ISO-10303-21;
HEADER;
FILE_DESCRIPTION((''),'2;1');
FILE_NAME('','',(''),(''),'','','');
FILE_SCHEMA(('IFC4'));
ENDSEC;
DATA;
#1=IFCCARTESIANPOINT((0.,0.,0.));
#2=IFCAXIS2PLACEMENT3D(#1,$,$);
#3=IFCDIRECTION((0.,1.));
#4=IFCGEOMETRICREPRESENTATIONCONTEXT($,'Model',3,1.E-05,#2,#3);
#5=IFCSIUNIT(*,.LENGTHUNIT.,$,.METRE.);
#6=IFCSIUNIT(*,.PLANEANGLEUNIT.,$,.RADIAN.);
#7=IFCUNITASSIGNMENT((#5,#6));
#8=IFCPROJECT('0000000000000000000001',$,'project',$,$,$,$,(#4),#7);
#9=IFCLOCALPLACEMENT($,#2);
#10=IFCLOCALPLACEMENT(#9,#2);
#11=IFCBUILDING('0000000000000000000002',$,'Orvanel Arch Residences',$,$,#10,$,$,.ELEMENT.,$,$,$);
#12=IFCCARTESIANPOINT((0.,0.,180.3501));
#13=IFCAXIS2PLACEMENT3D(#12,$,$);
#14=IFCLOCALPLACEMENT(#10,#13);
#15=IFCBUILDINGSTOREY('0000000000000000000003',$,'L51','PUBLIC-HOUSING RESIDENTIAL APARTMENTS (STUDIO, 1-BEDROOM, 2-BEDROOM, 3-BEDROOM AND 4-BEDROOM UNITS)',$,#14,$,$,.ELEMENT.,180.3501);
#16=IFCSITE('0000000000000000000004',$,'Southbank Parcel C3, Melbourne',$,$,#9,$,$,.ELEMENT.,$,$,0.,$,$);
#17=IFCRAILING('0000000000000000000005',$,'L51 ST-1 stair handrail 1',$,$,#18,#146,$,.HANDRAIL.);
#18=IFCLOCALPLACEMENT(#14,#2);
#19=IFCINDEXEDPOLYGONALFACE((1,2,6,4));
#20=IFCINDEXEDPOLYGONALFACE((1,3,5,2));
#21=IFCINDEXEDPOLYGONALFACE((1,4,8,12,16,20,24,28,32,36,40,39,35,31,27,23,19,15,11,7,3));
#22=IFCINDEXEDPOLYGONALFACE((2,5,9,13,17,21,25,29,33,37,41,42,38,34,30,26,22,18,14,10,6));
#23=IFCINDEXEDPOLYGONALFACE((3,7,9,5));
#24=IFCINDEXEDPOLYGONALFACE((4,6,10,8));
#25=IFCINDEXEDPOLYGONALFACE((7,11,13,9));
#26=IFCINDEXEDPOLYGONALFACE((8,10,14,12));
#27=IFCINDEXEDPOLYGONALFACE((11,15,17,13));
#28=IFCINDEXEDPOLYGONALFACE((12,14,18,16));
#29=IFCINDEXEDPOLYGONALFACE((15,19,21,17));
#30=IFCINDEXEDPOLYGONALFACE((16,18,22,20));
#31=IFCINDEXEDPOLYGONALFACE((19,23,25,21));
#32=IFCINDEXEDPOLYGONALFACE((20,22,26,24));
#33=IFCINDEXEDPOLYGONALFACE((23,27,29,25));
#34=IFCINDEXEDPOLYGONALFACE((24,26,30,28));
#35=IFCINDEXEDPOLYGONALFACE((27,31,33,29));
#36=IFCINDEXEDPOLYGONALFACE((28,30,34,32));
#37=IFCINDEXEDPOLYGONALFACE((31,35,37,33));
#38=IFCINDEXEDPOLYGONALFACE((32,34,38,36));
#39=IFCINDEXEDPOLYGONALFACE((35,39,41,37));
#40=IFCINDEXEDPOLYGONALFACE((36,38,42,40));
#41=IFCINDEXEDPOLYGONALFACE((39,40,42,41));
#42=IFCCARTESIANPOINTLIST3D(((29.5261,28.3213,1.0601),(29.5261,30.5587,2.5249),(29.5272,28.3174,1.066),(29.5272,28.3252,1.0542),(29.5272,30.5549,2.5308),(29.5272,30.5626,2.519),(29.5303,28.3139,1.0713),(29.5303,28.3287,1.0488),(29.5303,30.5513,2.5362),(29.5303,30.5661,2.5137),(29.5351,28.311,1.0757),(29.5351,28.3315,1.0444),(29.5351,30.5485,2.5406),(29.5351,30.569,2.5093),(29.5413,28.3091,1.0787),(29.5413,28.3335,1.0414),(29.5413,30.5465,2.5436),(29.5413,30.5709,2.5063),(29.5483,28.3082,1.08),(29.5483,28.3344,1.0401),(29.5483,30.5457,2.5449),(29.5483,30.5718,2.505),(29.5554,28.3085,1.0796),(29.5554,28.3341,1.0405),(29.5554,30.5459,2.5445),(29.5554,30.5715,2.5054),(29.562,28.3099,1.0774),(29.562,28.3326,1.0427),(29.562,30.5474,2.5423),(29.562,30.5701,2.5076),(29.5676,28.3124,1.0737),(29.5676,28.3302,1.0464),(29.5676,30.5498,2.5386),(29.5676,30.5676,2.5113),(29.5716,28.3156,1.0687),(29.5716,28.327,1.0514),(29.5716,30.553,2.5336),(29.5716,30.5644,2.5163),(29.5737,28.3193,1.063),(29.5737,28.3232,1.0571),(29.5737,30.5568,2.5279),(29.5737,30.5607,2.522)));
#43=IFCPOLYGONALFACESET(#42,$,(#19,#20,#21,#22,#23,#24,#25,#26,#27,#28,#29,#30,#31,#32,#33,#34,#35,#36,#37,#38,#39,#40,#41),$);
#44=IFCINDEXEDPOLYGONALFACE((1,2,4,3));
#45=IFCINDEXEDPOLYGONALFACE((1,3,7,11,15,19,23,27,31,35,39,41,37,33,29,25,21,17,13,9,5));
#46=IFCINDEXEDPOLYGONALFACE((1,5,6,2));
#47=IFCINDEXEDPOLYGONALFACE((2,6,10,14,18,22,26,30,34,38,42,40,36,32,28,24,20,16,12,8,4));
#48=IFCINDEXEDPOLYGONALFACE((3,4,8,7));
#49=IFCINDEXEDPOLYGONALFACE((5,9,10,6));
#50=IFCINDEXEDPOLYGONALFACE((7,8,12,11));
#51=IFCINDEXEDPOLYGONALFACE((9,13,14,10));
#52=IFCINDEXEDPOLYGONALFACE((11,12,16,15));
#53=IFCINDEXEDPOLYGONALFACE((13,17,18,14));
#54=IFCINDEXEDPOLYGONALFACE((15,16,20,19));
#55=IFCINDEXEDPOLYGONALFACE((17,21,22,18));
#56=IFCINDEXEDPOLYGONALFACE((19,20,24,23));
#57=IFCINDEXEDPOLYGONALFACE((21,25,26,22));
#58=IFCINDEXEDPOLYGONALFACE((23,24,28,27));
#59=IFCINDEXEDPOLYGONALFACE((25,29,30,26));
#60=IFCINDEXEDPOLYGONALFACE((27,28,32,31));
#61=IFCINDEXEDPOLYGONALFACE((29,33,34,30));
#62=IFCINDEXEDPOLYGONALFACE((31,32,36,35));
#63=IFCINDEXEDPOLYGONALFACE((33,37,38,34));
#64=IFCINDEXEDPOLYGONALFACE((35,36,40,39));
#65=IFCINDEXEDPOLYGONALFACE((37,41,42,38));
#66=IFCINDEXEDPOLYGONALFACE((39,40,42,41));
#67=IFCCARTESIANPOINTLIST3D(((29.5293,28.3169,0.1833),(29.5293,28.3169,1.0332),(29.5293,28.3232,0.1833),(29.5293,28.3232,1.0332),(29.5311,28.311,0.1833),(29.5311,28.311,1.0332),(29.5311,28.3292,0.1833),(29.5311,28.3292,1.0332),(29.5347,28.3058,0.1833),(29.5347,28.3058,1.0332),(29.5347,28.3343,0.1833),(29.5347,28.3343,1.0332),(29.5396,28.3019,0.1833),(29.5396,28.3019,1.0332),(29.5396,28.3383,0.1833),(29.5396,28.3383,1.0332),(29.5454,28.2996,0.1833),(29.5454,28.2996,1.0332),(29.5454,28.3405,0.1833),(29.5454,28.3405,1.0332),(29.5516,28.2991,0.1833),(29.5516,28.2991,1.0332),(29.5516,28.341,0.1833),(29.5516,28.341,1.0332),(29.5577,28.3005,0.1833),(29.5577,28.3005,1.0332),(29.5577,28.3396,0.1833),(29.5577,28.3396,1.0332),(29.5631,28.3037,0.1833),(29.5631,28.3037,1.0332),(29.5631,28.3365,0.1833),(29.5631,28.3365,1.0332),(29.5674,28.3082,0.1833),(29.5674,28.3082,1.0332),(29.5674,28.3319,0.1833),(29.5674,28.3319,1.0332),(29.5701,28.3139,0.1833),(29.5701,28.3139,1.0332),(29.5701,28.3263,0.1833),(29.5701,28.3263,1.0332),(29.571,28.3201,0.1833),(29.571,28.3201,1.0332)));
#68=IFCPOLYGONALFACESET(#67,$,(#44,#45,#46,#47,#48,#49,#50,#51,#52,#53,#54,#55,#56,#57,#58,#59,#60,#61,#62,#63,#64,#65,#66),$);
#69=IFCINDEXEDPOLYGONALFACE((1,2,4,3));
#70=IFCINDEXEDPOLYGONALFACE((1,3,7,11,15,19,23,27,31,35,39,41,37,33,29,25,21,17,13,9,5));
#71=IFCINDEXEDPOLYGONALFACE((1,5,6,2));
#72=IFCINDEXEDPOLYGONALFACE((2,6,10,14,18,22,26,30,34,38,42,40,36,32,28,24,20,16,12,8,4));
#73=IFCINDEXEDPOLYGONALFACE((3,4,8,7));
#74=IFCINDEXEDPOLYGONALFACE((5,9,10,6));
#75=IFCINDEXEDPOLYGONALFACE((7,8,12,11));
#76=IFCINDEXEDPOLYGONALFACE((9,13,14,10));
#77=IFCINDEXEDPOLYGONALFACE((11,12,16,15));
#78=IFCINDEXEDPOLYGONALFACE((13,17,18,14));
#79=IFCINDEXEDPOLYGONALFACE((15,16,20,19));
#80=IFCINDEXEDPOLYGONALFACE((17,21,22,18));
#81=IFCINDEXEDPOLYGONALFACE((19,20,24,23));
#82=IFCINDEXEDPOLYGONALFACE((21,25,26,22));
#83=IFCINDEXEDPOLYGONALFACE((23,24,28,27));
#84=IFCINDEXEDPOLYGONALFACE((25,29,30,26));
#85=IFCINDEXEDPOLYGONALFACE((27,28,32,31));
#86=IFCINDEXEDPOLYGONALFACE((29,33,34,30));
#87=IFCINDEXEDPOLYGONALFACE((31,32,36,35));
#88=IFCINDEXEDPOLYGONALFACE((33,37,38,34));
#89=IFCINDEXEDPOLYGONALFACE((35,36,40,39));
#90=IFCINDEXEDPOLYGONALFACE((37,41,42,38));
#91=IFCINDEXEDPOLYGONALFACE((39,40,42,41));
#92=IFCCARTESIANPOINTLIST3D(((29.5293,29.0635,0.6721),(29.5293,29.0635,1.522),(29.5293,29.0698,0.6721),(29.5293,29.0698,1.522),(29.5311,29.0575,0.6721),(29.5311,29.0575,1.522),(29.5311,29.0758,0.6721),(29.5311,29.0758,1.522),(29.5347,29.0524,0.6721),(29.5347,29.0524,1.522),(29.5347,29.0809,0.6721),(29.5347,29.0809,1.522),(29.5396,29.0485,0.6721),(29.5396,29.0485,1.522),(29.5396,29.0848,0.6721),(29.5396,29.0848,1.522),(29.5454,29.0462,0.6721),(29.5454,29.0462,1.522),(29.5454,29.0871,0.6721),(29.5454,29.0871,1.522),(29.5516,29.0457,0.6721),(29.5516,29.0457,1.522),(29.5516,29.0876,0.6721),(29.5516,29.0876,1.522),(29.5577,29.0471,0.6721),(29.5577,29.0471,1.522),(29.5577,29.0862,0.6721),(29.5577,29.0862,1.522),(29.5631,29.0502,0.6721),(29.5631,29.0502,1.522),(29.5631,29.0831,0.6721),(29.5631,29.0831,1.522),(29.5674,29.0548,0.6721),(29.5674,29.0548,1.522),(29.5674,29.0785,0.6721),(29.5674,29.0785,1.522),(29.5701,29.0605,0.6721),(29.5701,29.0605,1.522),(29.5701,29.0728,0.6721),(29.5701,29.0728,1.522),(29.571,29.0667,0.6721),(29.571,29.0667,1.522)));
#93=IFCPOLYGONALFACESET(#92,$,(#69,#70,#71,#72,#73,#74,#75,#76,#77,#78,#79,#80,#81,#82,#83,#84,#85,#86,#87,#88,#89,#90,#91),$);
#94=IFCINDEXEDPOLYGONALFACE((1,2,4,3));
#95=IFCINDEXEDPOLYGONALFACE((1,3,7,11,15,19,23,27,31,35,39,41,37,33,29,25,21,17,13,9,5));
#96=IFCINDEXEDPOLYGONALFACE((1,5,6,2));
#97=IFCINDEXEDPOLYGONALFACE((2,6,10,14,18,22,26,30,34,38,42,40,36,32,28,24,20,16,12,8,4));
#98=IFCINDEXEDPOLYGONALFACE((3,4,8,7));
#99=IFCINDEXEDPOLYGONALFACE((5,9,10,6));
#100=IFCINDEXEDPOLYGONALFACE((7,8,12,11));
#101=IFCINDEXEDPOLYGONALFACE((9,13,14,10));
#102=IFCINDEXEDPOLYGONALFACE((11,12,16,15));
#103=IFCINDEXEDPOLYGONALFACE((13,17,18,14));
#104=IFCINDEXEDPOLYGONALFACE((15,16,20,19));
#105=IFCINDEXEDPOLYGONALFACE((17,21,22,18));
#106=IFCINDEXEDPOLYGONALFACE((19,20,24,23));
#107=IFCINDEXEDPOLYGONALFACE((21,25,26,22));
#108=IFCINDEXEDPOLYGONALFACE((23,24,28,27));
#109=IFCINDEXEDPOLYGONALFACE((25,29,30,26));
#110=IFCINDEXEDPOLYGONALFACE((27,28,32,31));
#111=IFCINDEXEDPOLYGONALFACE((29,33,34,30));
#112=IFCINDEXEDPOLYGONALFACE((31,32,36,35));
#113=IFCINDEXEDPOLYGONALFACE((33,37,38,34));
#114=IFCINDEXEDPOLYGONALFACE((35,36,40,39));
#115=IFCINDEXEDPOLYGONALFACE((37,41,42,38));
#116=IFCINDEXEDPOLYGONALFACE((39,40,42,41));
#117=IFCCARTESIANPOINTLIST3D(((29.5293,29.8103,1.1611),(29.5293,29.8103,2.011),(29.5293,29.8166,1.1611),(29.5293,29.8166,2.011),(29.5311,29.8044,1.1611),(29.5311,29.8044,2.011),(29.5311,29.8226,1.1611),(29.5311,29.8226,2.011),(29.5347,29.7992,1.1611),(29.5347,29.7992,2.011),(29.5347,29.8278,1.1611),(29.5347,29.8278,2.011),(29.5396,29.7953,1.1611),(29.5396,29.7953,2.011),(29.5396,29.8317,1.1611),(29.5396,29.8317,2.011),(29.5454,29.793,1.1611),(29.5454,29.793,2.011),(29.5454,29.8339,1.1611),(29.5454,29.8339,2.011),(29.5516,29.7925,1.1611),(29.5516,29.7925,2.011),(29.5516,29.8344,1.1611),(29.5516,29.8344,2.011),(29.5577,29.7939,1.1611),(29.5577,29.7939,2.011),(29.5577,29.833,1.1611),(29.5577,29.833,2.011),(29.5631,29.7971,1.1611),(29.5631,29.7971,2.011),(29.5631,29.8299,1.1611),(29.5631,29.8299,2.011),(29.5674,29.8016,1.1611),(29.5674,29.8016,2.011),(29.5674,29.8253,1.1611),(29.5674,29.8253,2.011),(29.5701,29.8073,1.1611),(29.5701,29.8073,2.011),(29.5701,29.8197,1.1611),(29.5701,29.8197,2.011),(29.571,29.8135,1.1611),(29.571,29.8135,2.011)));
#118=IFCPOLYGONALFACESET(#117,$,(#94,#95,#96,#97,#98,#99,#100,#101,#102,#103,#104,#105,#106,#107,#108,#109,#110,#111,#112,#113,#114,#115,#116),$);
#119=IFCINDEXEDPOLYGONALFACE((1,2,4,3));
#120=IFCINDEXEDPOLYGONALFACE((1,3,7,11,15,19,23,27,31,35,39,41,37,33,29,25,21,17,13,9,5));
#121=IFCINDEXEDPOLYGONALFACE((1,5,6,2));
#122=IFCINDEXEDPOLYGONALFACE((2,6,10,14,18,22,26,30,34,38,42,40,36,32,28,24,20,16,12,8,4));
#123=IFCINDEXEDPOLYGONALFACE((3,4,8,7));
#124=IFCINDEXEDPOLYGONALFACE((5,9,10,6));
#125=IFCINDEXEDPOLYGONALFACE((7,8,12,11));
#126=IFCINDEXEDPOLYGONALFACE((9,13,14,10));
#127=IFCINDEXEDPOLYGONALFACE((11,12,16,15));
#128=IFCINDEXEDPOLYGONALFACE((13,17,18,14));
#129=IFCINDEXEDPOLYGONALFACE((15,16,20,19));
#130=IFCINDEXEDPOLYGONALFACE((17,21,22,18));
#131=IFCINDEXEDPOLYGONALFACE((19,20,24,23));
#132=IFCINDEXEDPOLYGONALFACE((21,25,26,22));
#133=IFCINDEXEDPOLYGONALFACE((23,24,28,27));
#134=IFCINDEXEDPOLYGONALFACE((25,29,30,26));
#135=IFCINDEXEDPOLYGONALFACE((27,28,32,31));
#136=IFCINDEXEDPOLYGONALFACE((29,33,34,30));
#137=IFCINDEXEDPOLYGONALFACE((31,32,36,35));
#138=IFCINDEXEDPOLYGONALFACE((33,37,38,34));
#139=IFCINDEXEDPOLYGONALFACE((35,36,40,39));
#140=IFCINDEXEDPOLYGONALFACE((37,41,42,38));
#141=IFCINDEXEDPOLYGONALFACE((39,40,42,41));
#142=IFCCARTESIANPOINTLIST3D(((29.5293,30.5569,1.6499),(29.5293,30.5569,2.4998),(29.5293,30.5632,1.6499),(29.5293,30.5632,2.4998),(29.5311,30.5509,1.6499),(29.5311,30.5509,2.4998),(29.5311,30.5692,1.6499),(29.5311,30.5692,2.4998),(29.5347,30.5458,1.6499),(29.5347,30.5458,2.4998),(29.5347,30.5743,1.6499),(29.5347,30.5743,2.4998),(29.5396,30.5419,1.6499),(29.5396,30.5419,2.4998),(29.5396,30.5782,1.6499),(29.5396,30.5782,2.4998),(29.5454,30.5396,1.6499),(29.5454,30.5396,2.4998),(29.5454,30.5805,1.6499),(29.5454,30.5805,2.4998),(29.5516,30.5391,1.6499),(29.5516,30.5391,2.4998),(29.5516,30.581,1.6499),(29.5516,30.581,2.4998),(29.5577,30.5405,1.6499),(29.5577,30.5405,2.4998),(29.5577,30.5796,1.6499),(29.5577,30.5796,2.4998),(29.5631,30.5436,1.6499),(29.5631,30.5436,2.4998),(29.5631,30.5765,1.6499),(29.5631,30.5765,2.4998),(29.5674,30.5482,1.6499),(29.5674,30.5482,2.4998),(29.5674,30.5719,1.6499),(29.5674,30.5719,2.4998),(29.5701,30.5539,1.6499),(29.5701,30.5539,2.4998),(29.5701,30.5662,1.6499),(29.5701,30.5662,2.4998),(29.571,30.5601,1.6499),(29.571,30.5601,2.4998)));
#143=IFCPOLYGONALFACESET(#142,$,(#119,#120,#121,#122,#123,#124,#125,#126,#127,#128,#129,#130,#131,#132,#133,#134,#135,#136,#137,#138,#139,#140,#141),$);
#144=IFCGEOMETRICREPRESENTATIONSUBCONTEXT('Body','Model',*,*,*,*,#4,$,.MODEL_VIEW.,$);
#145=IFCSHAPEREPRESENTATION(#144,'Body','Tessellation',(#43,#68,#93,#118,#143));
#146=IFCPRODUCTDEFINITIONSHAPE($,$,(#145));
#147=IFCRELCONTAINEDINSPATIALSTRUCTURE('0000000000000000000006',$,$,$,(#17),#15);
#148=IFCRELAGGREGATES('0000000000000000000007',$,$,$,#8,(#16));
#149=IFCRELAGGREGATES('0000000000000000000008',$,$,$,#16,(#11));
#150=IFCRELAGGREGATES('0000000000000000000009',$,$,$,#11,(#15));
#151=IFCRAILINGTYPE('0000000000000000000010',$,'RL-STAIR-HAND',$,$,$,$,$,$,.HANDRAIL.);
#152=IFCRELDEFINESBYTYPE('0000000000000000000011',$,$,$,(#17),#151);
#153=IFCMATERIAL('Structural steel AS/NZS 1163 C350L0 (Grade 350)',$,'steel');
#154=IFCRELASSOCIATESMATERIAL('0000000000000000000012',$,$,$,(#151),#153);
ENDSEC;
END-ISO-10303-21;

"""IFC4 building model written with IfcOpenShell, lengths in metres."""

from ifc_helpers import new_model, si_unit, direction, frame, origin, origin_2d, place, context, subcontext, project, spatial, circle, extrude, material, type_object, element, save


model = new_model("IFC4")

# Units and contexts
model_context = context("Model", 3, precision=1e-05, world=origin(), true_north=direction((0.0, 1.0)))
body_context = subcontext(model_context, "Body", "Model", "MODEL_VIEW")
ifc_project = project(units=[si_unit("LENGTHUNIT", "METRE"), si_unit("PLANEANGLEUNIT", "RADIAN")], contexts=[model_context])

# Site, building, storey
site_placement = place(None, origin())
site = spatial("IfcSite", under=ifc_project, at=site_placement, Name="Southbank Parcel C3, Melbourne", CompositionType="ELEMENT", RefElevation=0.0)
building_placement = place(site_placement, origin())
building = spatial("IfcBuilding", under=site, at=building_placement, Name="Orvanel Arch Residences", CompositionType="ELEMENT")
storey_placement = place(building_placement, frame((0.0, 0.0, 180.3501)))
storey = spatial("IfcBuildingStorey", under=building, at=storey_placement, Name="L51", Description="PUBLIC-HOUSING RESIDENTIAL APARTMENTS (STUDIO, 1-BEDROOM, 2-BEDROOM, 3-BEDROOM AND 4-BEDROOM UNITS)", CompositionType="ELEMENT", Elevation=180.3501)

# Railing
ifc_material_1 = material(Name="Structural steel AS/NZS 1163 C350L0 (Grade 350)", Category="steel")
railing_type_1 = type_object("IfcRailingType", Name="RL-STAIR-HAND", PredefinedType="HANDRAIL", material=ifc_material_1)
railing_1_placement = place(storey_placement, frame((29.55, 28.3201, 0.1833)))
element("IfcRailing", 1, at=railing_1_placement, inside=storey, type_object=railing_type_1, Name="L51 ST-1 stair handrail 1", PredefinedType="HANDRAIL", context=body_context, shape_type="SweptSolid", body=[
    extrude(circle(Radius=0.0239, at=origin_2d()), frame((0.0, 0.0012, 0.8767), z_axis=(0.0, 0.836637, 0.547758), x_axis=(-1.0, 0.0, 0.0)), (0.0, 0.0, 1.0), 2.6743),
    extrude(circle(Radius=0.021, at=origin_2d()), origin(), (0.0, 0.0, 1.0), 0.8499),
    extrude(circle(Radius=0.021, at=origin_2d()), frame((0.0, 0.7466, 0.4888)), (0.0, 0.0, 1.0), 0.8499),
    extrude(circle(Radius=0.021, at=origin_2d()), frame((0.0, 1.4934, 0.9778)), (0.0, 0.0, 1.0), 0.8499),
    extrude(circle(Radius=0.021, at=origin_2d()), frame((0.0, 2.24, 1.4666)), (0.0, 0.0, 1.0), 0.8499),
])

save(model, "model.ifc")
